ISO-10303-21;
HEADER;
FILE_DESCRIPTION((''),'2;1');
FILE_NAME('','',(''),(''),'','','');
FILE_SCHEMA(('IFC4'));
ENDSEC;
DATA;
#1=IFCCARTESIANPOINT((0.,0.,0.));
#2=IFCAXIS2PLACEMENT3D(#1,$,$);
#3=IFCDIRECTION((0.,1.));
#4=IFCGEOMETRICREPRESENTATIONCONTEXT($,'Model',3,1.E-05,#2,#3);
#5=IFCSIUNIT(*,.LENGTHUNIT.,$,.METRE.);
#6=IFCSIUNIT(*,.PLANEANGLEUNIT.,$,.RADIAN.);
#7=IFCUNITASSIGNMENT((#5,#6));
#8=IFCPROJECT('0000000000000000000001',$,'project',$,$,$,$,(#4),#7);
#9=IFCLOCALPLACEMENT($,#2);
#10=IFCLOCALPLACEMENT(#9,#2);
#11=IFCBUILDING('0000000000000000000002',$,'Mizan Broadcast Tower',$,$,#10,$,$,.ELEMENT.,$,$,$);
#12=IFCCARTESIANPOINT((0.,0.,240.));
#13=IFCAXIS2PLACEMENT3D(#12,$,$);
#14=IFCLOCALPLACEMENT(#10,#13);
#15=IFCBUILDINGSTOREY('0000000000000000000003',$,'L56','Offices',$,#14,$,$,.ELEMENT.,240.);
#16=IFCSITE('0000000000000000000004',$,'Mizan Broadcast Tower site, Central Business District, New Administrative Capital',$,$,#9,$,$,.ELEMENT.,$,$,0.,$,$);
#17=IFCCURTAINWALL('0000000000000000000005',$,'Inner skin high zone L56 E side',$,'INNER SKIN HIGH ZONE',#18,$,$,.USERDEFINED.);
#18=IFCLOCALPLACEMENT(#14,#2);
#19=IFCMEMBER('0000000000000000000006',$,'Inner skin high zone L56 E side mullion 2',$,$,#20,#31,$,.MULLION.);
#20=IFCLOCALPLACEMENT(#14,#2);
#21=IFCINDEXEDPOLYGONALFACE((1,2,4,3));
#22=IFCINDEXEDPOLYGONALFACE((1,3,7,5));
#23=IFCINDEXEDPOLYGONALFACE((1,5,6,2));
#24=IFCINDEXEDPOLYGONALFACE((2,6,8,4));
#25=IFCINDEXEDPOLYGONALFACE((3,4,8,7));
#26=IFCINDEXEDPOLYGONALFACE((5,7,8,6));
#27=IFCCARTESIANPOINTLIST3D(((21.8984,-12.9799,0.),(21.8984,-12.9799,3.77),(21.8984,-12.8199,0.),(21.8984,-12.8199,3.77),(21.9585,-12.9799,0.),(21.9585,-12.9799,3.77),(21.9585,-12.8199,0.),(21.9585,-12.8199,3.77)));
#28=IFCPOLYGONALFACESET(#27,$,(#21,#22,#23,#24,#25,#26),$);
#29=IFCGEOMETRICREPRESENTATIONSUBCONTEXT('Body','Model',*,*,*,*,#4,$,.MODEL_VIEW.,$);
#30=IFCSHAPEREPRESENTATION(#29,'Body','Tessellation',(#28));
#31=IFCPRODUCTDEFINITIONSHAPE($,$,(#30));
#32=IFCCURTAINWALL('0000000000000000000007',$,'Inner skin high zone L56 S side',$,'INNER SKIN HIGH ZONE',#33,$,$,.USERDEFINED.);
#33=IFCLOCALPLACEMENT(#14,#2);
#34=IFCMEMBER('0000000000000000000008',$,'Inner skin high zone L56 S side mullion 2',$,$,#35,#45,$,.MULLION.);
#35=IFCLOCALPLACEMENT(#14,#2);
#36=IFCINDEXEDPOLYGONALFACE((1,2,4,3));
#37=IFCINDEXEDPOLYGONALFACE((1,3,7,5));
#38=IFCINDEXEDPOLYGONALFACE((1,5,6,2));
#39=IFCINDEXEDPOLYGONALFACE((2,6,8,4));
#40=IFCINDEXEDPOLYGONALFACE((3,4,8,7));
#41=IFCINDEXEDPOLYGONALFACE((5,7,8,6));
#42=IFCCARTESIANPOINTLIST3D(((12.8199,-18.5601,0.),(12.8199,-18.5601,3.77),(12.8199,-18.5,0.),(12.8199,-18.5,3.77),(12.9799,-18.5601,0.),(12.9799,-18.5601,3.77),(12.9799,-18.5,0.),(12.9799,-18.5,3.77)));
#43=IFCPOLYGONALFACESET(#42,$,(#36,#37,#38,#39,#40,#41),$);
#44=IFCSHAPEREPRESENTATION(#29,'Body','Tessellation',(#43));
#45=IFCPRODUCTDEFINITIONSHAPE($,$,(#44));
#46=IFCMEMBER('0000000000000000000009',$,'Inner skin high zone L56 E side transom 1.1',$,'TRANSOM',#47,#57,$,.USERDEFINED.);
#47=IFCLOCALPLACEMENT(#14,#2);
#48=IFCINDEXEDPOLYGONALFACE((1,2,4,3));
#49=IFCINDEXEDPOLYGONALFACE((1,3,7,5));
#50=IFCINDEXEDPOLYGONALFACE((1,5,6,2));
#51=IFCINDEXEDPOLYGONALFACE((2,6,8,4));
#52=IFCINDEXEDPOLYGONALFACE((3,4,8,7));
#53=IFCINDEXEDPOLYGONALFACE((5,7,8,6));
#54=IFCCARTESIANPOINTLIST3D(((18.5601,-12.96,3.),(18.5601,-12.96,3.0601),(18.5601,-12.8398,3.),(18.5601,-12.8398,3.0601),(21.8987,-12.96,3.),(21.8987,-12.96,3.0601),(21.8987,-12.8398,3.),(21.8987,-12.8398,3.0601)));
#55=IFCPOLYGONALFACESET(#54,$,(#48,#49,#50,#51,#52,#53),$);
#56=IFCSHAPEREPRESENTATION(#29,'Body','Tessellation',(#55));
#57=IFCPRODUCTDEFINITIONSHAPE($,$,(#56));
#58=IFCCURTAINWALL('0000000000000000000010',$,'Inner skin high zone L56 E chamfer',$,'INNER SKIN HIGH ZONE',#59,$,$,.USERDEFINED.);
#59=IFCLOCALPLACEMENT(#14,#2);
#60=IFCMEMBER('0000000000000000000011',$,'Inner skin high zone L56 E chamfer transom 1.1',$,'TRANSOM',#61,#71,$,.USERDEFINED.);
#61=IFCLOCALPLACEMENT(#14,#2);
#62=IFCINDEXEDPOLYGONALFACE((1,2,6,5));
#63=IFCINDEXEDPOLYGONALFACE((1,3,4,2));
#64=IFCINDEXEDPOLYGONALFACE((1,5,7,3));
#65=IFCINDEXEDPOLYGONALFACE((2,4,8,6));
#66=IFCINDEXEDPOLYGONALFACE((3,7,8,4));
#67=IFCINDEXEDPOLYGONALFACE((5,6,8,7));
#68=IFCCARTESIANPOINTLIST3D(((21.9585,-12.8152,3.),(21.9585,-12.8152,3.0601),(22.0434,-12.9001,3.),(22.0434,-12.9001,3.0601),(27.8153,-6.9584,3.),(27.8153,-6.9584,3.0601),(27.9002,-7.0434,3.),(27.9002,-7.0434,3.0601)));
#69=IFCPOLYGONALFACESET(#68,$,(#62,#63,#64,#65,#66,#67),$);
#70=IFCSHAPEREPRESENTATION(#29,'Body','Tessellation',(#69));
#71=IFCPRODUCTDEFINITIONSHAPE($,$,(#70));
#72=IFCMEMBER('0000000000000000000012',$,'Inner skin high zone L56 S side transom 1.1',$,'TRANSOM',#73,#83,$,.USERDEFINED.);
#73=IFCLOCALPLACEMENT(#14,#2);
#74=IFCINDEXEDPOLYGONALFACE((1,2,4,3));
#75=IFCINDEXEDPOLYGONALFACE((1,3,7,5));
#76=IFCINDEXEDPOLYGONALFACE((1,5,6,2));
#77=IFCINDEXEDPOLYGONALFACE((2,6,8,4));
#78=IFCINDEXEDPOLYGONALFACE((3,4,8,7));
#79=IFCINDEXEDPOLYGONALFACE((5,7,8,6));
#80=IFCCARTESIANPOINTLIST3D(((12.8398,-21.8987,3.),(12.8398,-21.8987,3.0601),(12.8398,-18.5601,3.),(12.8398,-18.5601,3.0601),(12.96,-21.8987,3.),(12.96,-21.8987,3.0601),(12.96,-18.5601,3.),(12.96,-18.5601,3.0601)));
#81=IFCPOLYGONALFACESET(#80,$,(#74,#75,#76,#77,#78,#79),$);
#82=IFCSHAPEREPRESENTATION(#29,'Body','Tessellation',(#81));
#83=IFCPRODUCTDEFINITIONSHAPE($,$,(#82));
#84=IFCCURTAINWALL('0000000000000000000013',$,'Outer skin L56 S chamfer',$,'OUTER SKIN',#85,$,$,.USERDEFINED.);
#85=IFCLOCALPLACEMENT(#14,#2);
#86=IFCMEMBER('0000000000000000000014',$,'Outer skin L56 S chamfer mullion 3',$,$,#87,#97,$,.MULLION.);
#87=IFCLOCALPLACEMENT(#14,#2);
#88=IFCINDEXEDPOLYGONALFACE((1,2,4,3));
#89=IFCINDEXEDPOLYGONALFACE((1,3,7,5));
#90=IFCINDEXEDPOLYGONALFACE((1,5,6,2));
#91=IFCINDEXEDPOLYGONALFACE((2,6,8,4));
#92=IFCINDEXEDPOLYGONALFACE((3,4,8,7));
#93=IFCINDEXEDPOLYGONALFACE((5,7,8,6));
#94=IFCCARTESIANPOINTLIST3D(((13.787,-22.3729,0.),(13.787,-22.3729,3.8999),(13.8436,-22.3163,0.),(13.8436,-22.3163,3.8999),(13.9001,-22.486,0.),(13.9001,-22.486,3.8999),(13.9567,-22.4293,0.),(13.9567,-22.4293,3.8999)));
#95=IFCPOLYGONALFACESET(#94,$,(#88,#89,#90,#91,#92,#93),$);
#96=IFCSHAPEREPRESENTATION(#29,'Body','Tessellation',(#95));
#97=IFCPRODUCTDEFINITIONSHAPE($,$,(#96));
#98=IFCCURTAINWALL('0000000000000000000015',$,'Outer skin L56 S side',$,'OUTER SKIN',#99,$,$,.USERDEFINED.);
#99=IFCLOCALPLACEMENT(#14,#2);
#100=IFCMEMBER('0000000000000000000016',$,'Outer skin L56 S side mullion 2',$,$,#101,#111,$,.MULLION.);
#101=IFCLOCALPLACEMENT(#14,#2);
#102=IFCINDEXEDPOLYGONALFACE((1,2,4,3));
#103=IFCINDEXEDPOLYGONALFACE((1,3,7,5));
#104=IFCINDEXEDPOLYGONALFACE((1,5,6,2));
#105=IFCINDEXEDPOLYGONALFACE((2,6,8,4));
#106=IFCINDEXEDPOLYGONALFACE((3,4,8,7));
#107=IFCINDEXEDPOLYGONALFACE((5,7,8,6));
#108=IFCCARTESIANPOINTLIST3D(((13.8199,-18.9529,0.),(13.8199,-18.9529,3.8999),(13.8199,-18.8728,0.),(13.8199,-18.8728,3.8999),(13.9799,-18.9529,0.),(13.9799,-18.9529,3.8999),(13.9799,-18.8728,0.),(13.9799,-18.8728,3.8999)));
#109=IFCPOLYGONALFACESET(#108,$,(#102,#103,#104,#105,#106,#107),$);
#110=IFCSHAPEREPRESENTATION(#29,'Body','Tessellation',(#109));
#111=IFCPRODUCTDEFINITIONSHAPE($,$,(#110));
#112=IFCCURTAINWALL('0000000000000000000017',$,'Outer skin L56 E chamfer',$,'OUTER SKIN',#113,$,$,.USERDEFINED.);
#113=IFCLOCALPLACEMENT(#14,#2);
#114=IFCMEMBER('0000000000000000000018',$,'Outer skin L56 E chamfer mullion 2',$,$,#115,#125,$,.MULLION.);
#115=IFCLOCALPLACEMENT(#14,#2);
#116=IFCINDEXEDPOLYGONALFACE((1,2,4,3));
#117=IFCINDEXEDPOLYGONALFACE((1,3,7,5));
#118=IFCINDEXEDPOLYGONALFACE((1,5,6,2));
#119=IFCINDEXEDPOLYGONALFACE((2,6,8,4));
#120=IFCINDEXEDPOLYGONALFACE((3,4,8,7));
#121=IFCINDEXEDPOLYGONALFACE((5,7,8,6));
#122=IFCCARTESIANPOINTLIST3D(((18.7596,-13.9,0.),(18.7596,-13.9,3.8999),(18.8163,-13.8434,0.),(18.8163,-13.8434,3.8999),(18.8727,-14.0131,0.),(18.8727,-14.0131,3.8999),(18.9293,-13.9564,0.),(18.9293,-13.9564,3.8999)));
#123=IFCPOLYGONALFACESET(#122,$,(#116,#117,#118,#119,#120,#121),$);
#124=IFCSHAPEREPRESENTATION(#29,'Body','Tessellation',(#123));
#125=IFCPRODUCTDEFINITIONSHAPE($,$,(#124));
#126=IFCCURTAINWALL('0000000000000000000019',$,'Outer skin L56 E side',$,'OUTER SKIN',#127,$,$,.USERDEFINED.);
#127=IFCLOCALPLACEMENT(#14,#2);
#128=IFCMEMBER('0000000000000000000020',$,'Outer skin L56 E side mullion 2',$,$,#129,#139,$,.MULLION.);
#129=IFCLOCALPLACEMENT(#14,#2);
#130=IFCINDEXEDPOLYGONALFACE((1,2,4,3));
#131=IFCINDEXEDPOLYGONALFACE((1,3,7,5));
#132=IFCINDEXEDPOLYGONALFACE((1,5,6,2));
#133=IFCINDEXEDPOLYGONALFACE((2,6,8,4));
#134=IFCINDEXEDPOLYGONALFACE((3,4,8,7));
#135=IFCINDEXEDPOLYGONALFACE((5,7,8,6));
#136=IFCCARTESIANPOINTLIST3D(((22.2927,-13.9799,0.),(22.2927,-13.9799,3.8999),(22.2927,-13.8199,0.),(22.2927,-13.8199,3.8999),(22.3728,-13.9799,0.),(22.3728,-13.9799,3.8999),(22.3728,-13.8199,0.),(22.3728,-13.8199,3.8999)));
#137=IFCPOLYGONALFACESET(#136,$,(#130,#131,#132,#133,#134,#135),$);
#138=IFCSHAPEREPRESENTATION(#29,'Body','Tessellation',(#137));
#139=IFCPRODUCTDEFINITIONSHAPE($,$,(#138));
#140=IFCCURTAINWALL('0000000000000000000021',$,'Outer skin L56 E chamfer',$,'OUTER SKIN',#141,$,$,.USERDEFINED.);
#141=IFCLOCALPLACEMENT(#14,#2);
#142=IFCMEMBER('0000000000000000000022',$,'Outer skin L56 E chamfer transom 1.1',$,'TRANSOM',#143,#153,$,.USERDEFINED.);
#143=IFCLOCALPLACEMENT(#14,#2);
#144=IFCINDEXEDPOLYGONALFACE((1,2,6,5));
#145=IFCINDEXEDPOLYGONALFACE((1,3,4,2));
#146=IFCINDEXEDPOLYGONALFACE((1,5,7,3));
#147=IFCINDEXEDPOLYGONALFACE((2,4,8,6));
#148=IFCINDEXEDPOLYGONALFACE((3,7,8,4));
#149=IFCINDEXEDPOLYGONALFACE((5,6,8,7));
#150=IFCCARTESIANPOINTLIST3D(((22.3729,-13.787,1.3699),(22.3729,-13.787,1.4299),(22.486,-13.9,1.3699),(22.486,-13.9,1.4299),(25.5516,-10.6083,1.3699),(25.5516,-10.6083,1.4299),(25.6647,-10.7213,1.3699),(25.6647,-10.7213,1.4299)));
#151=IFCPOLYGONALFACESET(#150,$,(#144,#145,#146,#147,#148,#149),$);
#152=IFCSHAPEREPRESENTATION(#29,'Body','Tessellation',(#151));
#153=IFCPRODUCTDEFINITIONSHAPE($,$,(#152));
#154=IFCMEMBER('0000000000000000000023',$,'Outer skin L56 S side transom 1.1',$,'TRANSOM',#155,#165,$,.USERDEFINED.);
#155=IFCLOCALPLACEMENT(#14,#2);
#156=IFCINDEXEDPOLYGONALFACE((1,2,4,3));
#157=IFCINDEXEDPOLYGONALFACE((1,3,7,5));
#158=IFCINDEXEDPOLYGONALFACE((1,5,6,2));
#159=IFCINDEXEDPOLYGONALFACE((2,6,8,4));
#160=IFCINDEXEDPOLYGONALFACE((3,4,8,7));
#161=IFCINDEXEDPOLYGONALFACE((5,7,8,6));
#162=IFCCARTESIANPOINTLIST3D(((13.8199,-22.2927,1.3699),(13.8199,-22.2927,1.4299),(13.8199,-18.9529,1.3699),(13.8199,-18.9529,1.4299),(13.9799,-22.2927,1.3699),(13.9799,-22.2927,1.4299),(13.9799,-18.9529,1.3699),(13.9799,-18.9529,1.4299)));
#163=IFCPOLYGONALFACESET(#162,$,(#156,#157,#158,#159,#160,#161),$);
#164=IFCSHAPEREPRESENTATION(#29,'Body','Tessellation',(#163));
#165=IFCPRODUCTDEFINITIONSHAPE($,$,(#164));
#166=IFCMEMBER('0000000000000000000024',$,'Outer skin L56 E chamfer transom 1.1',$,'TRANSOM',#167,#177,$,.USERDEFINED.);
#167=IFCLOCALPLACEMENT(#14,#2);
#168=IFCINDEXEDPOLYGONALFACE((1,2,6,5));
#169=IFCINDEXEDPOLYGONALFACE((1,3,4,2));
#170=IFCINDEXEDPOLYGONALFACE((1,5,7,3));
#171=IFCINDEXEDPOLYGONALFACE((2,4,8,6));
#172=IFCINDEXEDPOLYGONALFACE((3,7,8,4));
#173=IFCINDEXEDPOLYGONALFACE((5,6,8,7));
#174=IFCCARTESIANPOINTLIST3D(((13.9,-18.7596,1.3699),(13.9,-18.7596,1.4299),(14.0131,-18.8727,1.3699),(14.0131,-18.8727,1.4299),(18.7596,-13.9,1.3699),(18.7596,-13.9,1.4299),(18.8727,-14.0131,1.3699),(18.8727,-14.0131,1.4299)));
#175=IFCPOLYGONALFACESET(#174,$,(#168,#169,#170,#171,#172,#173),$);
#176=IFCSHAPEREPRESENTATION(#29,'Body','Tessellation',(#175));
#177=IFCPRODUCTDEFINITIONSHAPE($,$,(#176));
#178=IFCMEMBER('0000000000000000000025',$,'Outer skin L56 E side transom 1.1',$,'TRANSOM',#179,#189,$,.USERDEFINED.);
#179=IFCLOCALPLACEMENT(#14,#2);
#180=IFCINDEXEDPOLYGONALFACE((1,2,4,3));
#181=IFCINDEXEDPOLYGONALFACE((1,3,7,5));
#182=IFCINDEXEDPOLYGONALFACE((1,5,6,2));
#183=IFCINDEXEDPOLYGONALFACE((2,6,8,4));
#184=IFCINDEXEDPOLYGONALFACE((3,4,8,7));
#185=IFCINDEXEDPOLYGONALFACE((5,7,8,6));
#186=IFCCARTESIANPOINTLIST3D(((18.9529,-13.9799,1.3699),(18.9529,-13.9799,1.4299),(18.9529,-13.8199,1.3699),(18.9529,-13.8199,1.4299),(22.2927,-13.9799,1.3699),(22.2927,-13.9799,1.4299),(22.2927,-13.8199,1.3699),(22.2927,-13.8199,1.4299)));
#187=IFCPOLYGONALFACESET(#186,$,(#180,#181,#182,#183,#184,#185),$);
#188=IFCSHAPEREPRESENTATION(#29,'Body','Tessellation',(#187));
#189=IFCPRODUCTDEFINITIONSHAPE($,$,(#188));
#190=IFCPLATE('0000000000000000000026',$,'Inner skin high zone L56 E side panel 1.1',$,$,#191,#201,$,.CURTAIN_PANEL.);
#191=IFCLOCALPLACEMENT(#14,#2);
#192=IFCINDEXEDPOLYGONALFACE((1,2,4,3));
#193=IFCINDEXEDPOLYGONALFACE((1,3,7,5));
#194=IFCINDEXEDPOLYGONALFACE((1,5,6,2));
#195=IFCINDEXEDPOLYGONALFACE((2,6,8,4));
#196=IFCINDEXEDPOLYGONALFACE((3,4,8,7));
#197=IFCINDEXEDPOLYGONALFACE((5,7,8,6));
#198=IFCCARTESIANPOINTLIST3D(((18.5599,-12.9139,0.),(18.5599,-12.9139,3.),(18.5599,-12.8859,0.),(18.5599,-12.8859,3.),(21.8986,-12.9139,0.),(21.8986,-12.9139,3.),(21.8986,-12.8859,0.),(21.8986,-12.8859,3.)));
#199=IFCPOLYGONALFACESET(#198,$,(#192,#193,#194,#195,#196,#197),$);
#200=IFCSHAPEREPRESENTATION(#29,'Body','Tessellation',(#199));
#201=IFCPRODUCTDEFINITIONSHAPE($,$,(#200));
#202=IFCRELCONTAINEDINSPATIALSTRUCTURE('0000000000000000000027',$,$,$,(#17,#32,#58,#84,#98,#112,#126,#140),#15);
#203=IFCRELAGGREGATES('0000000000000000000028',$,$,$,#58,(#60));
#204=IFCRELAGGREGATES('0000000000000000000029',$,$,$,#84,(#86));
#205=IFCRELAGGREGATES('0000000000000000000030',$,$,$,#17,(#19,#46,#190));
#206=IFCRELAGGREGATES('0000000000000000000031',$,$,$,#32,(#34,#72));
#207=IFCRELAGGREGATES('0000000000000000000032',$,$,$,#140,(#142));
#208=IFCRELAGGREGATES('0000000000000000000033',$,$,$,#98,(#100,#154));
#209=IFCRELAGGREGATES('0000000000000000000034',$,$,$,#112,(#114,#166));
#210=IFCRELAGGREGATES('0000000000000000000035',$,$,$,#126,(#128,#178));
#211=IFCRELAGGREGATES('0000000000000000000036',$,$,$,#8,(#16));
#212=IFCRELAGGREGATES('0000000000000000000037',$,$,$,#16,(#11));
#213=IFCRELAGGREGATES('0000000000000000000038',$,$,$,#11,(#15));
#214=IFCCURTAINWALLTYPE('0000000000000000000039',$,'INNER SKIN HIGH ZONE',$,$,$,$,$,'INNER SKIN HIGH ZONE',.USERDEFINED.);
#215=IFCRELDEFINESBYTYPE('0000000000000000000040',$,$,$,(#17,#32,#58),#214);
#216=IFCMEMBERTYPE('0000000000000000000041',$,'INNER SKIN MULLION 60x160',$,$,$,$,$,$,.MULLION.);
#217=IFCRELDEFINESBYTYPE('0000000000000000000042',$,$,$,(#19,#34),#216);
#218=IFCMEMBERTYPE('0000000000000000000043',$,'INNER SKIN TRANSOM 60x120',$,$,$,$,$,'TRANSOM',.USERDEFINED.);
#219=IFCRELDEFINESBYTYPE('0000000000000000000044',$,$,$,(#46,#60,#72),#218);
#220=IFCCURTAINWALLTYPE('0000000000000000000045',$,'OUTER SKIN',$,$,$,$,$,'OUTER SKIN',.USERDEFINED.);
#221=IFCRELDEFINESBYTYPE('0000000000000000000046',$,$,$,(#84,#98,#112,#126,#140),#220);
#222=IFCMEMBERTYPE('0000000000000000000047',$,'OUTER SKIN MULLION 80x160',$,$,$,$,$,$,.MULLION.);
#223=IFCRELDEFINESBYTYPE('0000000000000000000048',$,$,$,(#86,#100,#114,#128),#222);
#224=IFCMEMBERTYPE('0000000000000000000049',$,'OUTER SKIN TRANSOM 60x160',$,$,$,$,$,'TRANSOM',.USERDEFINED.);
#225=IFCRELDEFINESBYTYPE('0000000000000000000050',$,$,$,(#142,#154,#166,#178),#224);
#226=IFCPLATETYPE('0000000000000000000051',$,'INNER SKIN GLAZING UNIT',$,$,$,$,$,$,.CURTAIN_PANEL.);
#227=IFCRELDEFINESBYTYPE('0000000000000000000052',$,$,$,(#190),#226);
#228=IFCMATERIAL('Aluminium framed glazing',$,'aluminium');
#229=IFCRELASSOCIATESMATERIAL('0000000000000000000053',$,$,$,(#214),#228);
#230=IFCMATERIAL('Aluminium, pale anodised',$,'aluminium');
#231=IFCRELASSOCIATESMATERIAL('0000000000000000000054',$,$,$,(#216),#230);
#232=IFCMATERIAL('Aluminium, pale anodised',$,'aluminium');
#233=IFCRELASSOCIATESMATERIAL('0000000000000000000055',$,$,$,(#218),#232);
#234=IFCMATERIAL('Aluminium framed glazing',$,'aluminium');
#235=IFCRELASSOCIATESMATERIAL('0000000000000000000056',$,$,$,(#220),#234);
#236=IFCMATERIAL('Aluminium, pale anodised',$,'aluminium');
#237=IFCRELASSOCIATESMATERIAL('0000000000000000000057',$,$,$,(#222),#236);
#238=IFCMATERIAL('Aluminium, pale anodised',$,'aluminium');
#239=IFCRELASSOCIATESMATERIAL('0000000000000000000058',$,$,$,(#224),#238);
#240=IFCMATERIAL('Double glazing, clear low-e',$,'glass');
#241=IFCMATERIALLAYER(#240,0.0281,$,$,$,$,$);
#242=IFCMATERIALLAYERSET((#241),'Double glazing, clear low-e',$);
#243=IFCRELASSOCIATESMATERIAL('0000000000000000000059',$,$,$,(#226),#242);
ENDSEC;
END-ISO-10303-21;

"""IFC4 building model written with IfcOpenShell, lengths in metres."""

from ifc_helpers import new_model, si_unit, direction, frame, origin, origin_2d, place, context, subcontext, project, spatial, rectangle, extrude, material, layer, layer_set, material_profile, profile_set, type_object, element, aggregate, save


model = new_model("IFC4")

# Units and contexts
model_context = context("Model", 3, precision=1e-05, world=origin(), true_north=direction((0.0, 1.0)))
body_context = subcontext(model_context, "Body", "Model", "MODEL_VIEW")
ifc_project = project(units=[si_unit("LENGTHUNIT", "METRE"), si_unit("PLANEANGLEUNIT", "RADIAN")], contexts=[model_context])

# Site, building, storey
site_placement = place(None, origin())
site = spatial("IfcSite", under=ifc_project, at=site_placement, Name="Mizan Broadcast Tower site, Central Business District, New Administrative Capital", CompositionType="ELEMENT", RefElevation=0.0)
building_placement = place(site_placement, origin())
building = spatial("IfcBuilding", under=site, at=building_placement, Name="Mizan Broadcast Tower", CompositionType="ELEMENT")
storey_placement = place(building_placement, frame((0.0, 0.0, 240.0)))
storey = spatial("IfcBuildingStorey", under=building, at=storey_placement, Name="L56", Description="Offices", CompositionType="ELEMENT", Elevation=240.0)

# Curtain walls, members
ifc_material_1 = material(Name="Aluminium framed glazing", Category="aluminium")
curtain_wall_type_1 = type_object("IfcCurtainWallType", Name="INNER SKIN HIGH ZONE", ElementType="INNER SKIN HIGH ZONE", PredefinedType="USERDEFINED", material=ifc_material_1)
curtain_wall_1_placement = place(storey_placement, origin())
curtain_wall_1 = element("IfcCurtainWall", 1, at=curtain_wall_1_placement, inside=storey, type_object=curtain_wall_type_1, Name="Inner skin high zone L56 E side", ObjectType="INNER SKIN HIGH ZONE", PredefinedType="USERDEFINED")
ifc_material_2 = material(Name="Aluminium, pale anodised", Category="aluminium")
ifc_material_profile_1 = material_profile(ifc_material_2, rectangle(XDim=0.1599, YDim=0.0601, at=origin_2d()), Name="MULLION 160x60")
ifc_profile_set_1 = profile_set([ifc_material_profile_1], Name="Aluminium, pale anodised")
member_type_1 = type_object("IfcMemberType", Name="INNER SKIN MULLION 60x160", PredefinedType="MULLION", material=ifc_profile_set_1)
member_1_placement = place(storey_placement, frame((21.9285, -12.8999, 0.0), z_axis=(0.0, 0.0, 1.0), x_axis=(0.0, 1.0, 0.0)))
member_1 = element("IfcMember", 2, at=member_1_placement, type_object=member_type_1, Name="Inner skin high zone L56 E side mullion 2", PredefinedType="MULLION", context=body_context, shape_type="SweptSolid", body=[
    extrude(rectangle(XDim=0.1599, YDim=0.0601, at=origin_2d()), origin(), (0.0, 0.0, 1.0), 3.77),
])
curtain_wall_2_placement = place(storey_placement, origin())
curtain_wall_2 = element("IfcCurtainWall", 3, at=curtain_wall_2_placement, inside=storey, type_object=curtain_wall_type_1, Name="Inner skin high zone L56 S side", ObjectType="INNER SKIN HIGH ZONE", PredefinedType="USERDEFINED")
member_2_placement = place(storey_placement, frame((12.8999, -18.53, 0.0), z_axis=(0.0, 0.0, 1.0), x_axis=(-1.0, 0.0, 0.0)))
member_2 = element("IfcMember", 4, at=member_2_placement, type_object=member_type_1, Name="Inner skin high zone L56 S side mullion 2", PredefinedType="MULLION", context=body_context, shape_type="SweptSolid", body=[
    extrude(rectangle(XDim=0.1599, YDim=0.0601, at=origin_2d()), origin(), (0.0, 0.0, 1.0), 3.77),
])

# Member
ifc_material_3 = material(Name="Aluminium, pale anodised", Category="aluminium")
ifc_material_profile_2 = material_profile(ifc_material_3, rectangle(XDim=0.1201, YDim=0.0601, at=origin_2d()), Name="TRANSOM 120x60")
ifc_profile_set_2 = profile_set([ifc_material_profile_2], Name="Aluminium, pale anodised")
member_type_2 = type_object("IfcMemberType", Name="INNER SKIN TRANSOM 60x120", ElementType="TRANSOM", PredefinedType="USERDEFINED", material=ifc_profile_set_2)
member_3_placement = place(storey_placement, frame((18.5601, -12.8999, 3.03), z_axis=(1.0, 0.0, 0.0), x_axis=(0.0, 1.0, 0.0)))
member_3 = element("IfcMember", 5, at=member_3_placement, type_object=member_type_2, Name="Inner skin high zone L56 E side transom 1.1", ObjectType="TRANSOM", PredefinedType="USERDEFINED", context=body_context, shape_type="SweptSolid", body=[
    extrude(rectangle(XDim=0.1201, YDim=0.0601, at=origin_2d()), origin(), (0.0, 0.0, 1.0), 3.3386),
])

# Curtain wall, member
curtain_wall_3_placement = place(storey_placement, origin())
curtain_wall_3 = element("IfcCurtainWall", 6, at=curtain_wall_3_placement, inside=storey, type_object=curtain_wall_type_1, Name="Inner skin high zone L56 E chamfer", ObjectType="INNER SKIN HIGH ZONE", PredefinedType="USERDEFINED")
member_4_placement = place(storey_placement, frame((22.001, -12.8577, 3.03), z_axis=(0.707107, 0.707107, 0.0), x_axis=(-0.707107, 0.707107, 0.0)))
member_4 = element("IfcMember", 7, at=member_4_placement, type_object=member_type_2, Name="Inner skin high zone L56 E chamfer transom 1.1", ObjectType="TRANSOM", PredefinedType="USERDEFINED", context=body_context, shape_type="SweptSolid", body=[
    extrude(rectangle(XDim=0.1201, YDim=0.0601, at=origin_2d()), origin(), (0.0, 0.0, 1.0), 8.2827),
])
aggregate(curtain_wall_3, [member_4])

# Member
member_5_placement = place(storey_placement, frame((12.8999, -21.8987, 3.03), z_axis=(0.0, 1.0, 0.0), x_axis=(-1.0, 0.0, 0.0)))
member_5 = element("IfcMember", 8, at=member_5_placement, type_object=member_type_2, Name="Inner skin high zone L56 S side transom 1.1", ObjectType="TRANSOM", PredefinedType="USERDEFINED", context=body_context, shape_type="SweptSolid", body=[
    extrude(rectangle(XDim=0.1201, YDim=0.0601, at=origin_2d()), origin(), (0.0, 0.0, 1.0), 3.3386),
])

# Curtain walls, members
ifc_material_4 = material(Name="Aluminium framed glazing", Category="aluminium")
curtain_wall_type_2 = type_object("IfcCurtainWallType", Name="OUTER SKIN", ElementType="OUTER SKIN", PredefinedType="USERDEFINED", material=ifc_material_4)
curtain_wall_4_placement = place(storey_placement, origin())
curtain_wall_4 = element("IfcCurtainWall", 9, at=curtain_wall_4_placement, inside=storey, type_object=curtain_wall_type_2, Name="Outer skin L56 S chamfer", ObjectType="OUTER SKIN", PredefinedType="USERDEFINED")
ifc_material_5 = material(Name="Aluminium, pale anodised", Category="aluminium")
ifc_material_profile_3 = material_profile(ifc_material_5, rectangle(XDim=0.1599, YDim=0.0801, at=origin_2d()), Name="MULLION 160x80")
ifc_profile_set_3 = profile_set([ifc_material_profile_3], Name="Aluminium, pale anodised")
member_type_3 = type_object("IfcMemberType", Name="OUTER SKIN MULLION 80x160", PredefinedType="MULLION", material=ifc_profile_set_3)
member_6_placement = place(storey_placement, frame((13.8718, -22.4011, 0.0), z_axis=(0.0, 0.0, 1.0), x_axis=(-0.707107, 0.707107, 0.0)))
member_6 = element("IfcMember", 10, at=member_6_placement, type_object=member_type_3, Name="Outer skin L56 S chamfer mullion 3", PredefinedType="MULLION", context=body_context, shape_type="SweptSolid", body=[
    extrude(rectangle(XDim=0.1599, YDim=0.0801, at=origin_2d()), origin(), (0.0, 0.0, 1.0), 3.8999),
])
aggregate(curtain_wall_4, [member_6])
curtain_wall_5_placement = place(storey_placement, origin())
curtain_wall_5 = element("IfcCurtainWall", 11, at=curtain_wall_5_placement, inside=storey, type_object=curtain_wall_type_2, Name="Outer skin L56 S side", ObjectType="OUTER SKIN", PredefinedType="USERDEFINED")
member_7_placement = place(storey_placement, frame((13.8999, -18.9128, 0.0), z_axis=(0.0, 0.0, 1.0), x_axis=(-1.0, 0.0, 0.0)))
member_7 = element("IfcMember", 12, at=member_7_placement, type_object=member_type_3, Name="Outer skin L56 S side mullion 2", PredefinedType="MULLION", context=body_context, shape_type="SweptSolid", body=[
    extrude(rectangle(XDim=0.1599, YDim=0.0801, at=origin_2d()), origin(), (0.0, 0.0, 1.0), 3.8999),
])
curtain_wall_6_placement = place(storey_placement, origin())
curtain_wall_6 = element("IfcCurtainWall", 13, at=curtain_wall_6_placement, inside=storey, type_object=curtain_wall_type_2, Name="Outer skin L56 E chamfer", ObjectType="OUTER SKIN", PredefinedType="USERDEFINED")
member_8_placement = place(storey_placement, frame((18.8445, -13.9282, 0.0), z_axis=(0.0, 0.0, 1.0), x_axis=(-0.707107, 0.707107, 0.0)))
member_8 = element("IfcMember", 14, at=member_8_placement, type_object=member_type_3, Name="Outer skin L56 E chamfer mullion 2", PredefinedType="MULLION", context=body_context, shape_type="SweptSolid", body=[
    extrude(rectangle(XDim=0.1599, YDim=0.0801, at=origin_2d()), origin(), (0.0, 0.0, 1.0), 3.8999),
])
curtain_wall_7_placement = place(storey_placement, origin())
curtain_wall_7 = element("IfcCurtainWall", 15, at=curtain_wall_7_placement, inside=storey, type_object=curtain_wall_type_2, Name="Outer skin L56 E side", ObjectType="OUTER SKIN", PredefinedType="USERDEFINED")
member_9_placement = place(storey_placement, frame((22.3328, -13.8999, 0.0), z_axis=(0.0, 0.0, 1.0), x_axis=(0.0, 1.0, 0.0)))
member_9 = element("IfcMember", 16, at=member_9_placement, type_object=member_type_3, Name="Outer skin L56 E side mullion 2", PredefinedType="MULLION", context=body_context, shape_type="SweptSolid", body=[
    extrude(rectangle(XDim=0.1599, YDim=0.0801, at=origin_2d()), origin(), (0.0, 0.0, 1.0), 3.8999),
])
curtain_wall_8_placement = place(storey_placement, origin())
curtain_wall_8 = element("IfcCurtainWall", 17, at=curtain_wall_8_placement, inside=storey, type_object=curtain_wall_type_2, Name="Outer skin L56 E chamfer", ObjectType="OUTER SKIN", PredefinedType="USERDEFINED")
ifc_material_6 = material(Name="Aluminium, pale anodised", Category="aluminium")
ifc_material_profile_4 = material_profile(ifc_material_6, rectangle(XDim=0.1599, YDim=0.0601, at=origin_2d()), Name="TRANSOM 160x60")
ifc_profile_set_4 = profile_set([ifc_material_profile_4], Name="Aluminium, pale anodised")
member_type_4 = type_object("IfcMemberType", Name="OUTER SKIN TRANSOM 60x160", ElementType="TRANSOM", PredefinedType="USERDEFINED", material=ifc_profile_set_4)
member_10_placement = place(storey_placement, frame((22.4294, -13.8435, 1.3999), z_axis=(0.707107, 0.707107, 0.0), x_axis=(-0.707107, 0.707107, 0.0)))
member_10 = element("IfcMember", 18, at=member_10_placement, type_object=member_type_4, Name="Outer skin L56 E chamfer transom 1.1", ObjectType="TRANSOM", PredefinedType="USERDEFINED", context=body_context, shape_type="SweptSolid", body=[
    extrude(rectangle(XDim=0.1599, YDim=0.0601, at=origin_2d()), origin(), (0.0, 0.0, 1.0), 4.4954),
])

# Members
member_11_placement = place(storey_placement, frame((13.8999, -22.2927, 1.3999), z_axis=(0.0, 1.0, 0.0), x_axis=(-1.0, 0.0, 0.0)))
member_11 = element("IfcMember", 19, at=member_11_placement, type_object=member_type_4, Name="Outer skin L56 S side transom 1.1", ObjectType="TRANSOM", PredefinedType="USERDEFINED", context=body_context, shape_type="SweptSolid", body=[
    extrude(rectangle(XDim=0.1599, YDim=0.0601, at=origin_2d()), origin(), (0.0, 0.0, 1.0), 3.3398),
])
member_12_placement = place(storey_placement, frame((13.9565, -18.8162, 1.3999), z_axis=(0.707107, 0.707107, 0.0), x_axis=(-0.707107, 0.707107, 0.0)))
member_12 = element("IfcMember", 20, at=member_12_placement, type_object=member_type_4, Name="Outer skin L56 E chamfer transom 1.1", ObjectType="TRANSOM", PredefinedType="USERDEFINED", context=body_context, shape_type="SweptSolid", body=[
    extrude(rectangle(XDim=0.1599, YDim=0.0601, at=origin_2d()), origin(), (0.0, 0.0, 1.0), 6.8726),
])
member_13_placement = place(storey_placement, frame((18.9529, -13.8999, 1.3999), z_axis=(1.0, 0.0, 0.0), x_axis=(0.0, 1.0, 0.0)))
member_13 = element("IfcMember", 21, at=member_13_placement, type_object=member_type_4, Name="Outer skin L56 E side transom 1.1", ObjectType="TRANSOM", PredefinedType="USERDEFINED", context=body_context, shape_type="SweptSolid", body=[
    extrude(rectangle(XDim=0.1599, YDim=0.0601, at=origin_2d()), origin(), (0.0, 0.0, 1.0), 3.3398),
])

# Plate
ifc_material_7 = material(Name="Double glazing, clear low-e", Category="glass")
ifc_layer_1 = layer(ifc_material_7, 0.0281)
ifc_layer_set_1 = layer_set([ifc_layer_1], Name="Double glazing, clear low-e")
plate_type_1 = type_object("IfcPlateType", Name="INNER SKIN GLAZING UNIT", PredefinedType="CURTAIN_PANEL", material=ifc_layer_set_1)
plate_1_placement = place(storey_placement, frame((20.2292, -12.8999, 0.0), z_axis=(0.0, 0.0, 1.0), x_axis=(1.0, 0.0, 0.0)))
plate_1 = element("IfcPlate", 22, at=plate_1_placement, type_object=plate_type_1, Name="Inner skin high zone L56 E side panel 1.1", PredefinedType="CURTAIN_PANEL", context=body_context, shape_type="SweptSolid", body=[
    extrude(rectangle(XDim=3.3386, YDim=0.0281, at=origin_2d()), origin(), (0.0, 0.0, 1.0), 3.0),
])
aggregate(curtain_wall_1, [member_1, member_3, plate_1])
aggregate(curtain_wall_2, [member_2, member_5])
aggregate(curtain_wall_8, [member_10])
aggregate(curtain_wall_5, [member_7, member_11])
aggregate(curtain_wall_6, [member_8, member_12])
aggregate(curtain_wall_7, [member_9, member_13])

save(model, "model.ifc")
